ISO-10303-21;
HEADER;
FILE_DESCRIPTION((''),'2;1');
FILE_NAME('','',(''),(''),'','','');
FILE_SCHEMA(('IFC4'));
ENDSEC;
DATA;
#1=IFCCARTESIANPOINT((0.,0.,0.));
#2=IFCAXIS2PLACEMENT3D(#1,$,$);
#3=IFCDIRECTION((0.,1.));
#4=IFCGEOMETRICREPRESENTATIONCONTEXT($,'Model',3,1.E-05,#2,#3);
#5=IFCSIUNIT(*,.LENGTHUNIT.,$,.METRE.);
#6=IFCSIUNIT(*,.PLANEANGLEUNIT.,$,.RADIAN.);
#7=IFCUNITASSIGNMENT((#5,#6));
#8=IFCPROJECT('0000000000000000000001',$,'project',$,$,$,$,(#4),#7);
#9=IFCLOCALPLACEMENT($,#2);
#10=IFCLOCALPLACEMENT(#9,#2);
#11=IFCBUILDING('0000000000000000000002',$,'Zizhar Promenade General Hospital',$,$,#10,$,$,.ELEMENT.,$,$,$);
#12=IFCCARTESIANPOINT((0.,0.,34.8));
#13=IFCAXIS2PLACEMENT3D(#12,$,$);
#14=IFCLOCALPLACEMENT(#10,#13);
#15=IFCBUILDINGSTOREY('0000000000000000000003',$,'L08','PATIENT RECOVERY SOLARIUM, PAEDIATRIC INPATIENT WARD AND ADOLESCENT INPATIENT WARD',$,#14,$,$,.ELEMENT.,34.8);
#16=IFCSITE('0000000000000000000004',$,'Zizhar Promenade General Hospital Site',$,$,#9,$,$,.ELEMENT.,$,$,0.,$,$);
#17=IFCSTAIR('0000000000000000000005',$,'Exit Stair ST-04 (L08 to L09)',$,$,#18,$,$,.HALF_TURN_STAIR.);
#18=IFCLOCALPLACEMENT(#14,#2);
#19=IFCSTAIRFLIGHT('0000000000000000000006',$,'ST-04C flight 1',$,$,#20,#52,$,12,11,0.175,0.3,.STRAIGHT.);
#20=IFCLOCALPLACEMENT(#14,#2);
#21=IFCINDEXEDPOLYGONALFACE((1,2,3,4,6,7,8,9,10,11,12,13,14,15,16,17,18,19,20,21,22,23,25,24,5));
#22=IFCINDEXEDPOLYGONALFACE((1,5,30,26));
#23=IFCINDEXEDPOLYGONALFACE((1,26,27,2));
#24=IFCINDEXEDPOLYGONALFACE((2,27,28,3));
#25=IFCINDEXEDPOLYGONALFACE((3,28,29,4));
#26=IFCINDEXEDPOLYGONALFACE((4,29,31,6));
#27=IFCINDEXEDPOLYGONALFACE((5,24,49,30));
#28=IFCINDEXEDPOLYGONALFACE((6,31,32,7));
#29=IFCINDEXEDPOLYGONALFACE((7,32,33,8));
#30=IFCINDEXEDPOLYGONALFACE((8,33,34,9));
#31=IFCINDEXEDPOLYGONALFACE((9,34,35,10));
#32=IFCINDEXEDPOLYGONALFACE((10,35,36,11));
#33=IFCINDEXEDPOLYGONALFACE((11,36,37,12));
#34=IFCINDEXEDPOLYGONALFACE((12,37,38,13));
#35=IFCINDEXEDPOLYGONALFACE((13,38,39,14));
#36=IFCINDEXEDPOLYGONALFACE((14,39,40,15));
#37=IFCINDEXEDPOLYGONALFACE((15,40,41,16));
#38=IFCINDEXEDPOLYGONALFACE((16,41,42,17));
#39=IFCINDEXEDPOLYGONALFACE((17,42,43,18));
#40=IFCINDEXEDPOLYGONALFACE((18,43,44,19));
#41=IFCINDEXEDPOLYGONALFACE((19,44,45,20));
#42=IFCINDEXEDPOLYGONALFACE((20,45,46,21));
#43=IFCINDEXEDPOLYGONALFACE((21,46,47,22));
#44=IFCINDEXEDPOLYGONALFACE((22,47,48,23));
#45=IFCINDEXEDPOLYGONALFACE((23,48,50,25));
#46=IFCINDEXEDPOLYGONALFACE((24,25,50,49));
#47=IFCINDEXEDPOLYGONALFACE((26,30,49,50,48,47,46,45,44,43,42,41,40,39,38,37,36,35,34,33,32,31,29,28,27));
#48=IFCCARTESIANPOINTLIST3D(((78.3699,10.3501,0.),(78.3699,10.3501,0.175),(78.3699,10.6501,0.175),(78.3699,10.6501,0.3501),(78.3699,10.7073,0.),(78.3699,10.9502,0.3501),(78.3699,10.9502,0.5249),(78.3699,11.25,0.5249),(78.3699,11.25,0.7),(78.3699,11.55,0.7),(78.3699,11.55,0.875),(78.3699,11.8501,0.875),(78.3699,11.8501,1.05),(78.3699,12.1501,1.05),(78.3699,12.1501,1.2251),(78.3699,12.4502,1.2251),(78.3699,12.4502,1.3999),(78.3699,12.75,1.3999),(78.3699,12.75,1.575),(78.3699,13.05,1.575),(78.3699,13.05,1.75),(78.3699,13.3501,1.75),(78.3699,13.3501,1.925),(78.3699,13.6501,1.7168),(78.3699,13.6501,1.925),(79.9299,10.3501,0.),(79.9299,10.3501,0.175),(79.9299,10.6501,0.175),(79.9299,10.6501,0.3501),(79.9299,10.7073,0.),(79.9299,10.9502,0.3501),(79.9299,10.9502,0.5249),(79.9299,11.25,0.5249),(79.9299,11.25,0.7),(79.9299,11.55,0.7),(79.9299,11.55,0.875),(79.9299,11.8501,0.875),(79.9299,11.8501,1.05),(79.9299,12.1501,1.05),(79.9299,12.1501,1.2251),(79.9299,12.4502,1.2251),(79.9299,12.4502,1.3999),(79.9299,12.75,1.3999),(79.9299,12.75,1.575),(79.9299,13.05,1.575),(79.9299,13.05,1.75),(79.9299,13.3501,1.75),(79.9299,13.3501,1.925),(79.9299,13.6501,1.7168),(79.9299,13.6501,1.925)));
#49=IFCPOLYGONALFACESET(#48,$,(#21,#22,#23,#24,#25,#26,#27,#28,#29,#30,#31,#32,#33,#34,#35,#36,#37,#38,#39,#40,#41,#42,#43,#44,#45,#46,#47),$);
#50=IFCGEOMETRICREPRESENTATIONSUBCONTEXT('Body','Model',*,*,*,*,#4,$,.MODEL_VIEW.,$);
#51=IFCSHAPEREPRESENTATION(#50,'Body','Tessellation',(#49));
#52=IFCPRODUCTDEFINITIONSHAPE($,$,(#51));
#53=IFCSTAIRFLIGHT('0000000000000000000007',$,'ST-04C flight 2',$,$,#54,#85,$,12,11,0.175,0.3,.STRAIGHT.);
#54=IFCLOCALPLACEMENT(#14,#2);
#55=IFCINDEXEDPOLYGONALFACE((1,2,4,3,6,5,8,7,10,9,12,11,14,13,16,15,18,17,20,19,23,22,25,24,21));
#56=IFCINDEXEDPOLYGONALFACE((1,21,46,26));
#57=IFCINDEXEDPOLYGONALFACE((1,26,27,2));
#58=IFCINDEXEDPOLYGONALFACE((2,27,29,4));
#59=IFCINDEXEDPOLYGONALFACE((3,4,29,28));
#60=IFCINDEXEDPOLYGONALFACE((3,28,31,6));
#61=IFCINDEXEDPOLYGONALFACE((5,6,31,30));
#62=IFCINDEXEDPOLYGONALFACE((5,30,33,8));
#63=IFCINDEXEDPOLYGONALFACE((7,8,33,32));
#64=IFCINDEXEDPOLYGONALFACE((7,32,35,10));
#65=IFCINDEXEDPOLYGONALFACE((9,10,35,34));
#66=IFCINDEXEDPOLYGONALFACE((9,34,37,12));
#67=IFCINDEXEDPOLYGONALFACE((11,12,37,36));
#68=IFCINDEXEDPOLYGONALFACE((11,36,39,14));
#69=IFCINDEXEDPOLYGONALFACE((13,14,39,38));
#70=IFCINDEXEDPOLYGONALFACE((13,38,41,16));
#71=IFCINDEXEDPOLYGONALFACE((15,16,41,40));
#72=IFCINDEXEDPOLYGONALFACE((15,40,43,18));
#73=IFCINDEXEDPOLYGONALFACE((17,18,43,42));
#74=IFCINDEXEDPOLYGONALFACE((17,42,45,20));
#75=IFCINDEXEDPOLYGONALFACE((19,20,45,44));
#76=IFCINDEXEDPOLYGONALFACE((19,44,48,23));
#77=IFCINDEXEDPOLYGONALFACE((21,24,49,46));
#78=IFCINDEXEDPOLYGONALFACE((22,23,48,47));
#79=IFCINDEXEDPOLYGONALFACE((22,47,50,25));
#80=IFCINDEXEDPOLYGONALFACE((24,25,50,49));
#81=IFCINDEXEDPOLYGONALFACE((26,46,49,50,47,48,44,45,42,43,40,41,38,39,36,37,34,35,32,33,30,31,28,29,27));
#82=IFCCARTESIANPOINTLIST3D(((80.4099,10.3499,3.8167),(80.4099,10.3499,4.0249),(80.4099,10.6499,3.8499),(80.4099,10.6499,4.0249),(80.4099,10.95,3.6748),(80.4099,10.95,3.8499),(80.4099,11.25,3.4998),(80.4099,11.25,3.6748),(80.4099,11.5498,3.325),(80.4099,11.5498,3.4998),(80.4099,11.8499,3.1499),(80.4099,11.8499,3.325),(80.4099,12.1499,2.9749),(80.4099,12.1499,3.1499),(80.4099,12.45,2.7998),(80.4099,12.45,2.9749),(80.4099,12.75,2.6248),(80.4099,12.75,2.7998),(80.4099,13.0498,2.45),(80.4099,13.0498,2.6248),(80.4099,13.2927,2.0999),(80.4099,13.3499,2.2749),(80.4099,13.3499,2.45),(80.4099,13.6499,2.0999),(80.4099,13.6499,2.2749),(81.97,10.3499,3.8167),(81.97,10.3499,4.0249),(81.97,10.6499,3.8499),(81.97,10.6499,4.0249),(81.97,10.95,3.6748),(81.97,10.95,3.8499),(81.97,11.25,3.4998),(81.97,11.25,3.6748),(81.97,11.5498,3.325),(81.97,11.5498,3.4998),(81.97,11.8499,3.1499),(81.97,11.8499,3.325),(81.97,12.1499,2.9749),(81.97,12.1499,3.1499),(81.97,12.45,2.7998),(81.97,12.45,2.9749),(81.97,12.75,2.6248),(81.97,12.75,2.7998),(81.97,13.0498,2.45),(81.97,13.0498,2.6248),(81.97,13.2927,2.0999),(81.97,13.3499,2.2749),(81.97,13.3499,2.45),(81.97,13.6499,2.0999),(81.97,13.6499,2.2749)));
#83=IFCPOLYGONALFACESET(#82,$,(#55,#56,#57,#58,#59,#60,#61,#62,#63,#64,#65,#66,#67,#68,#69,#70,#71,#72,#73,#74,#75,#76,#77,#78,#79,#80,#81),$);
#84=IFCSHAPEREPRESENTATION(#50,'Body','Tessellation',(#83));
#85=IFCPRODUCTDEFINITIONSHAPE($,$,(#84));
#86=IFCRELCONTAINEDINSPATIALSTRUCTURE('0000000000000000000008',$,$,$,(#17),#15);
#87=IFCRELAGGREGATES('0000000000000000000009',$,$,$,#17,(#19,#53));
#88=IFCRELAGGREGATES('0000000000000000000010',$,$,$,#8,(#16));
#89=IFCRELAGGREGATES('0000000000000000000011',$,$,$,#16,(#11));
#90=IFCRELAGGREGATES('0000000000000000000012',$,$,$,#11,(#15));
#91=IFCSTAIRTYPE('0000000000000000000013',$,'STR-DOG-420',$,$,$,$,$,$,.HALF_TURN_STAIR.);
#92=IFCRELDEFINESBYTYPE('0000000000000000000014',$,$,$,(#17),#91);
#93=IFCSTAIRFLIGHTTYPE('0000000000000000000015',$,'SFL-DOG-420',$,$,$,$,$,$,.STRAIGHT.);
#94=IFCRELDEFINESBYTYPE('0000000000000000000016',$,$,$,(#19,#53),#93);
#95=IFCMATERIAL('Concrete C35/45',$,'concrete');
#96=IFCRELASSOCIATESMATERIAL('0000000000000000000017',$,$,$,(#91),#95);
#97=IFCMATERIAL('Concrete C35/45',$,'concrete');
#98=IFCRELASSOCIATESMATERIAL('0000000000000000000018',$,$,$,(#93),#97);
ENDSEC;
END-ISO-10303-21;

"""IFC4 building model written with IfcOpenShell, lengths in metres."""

from ifc_helpers import new_model, si_unit, direction, frame, origin, place, context, subcontext, project, spatial, polyline, outline, extrude, material, type_object, element, aggregate, save


model = new_model("IFC4")

# Units and contexts
model_context = context("Model", 3, precision=1e-05, world=origin(), true_north=direction((0.0, 1.0)))
body_context = subcontext(model_context, "Body", "Model", "MODEL_VIEW")
ifc_project = project(units=[si_unit("LENGTHUNIT", "METRE"), si_unit("PLANEANGLEUNIT", "RADIAN")], contexts=[model_context])

# Site, building, storey
site_placement = place(None, origin())
site = spatial("IfcSite", under=ifc_project, at=site_placement, Name="Zizhar Promenade General Hospital Site", CompositionType="ELEMENT", RefElevation=0.0)
building_placement = place(site_placement, origin())
building = spatial("IfcBuilding", under=site, at=building_placement, Name="Zizhar Promenade General Hospital", CompositionType="ELEMENT")
storey_placement = place(building_placement, frame((0.0, 0.0, 34.8)))
storey = spatial("IfcBuildingStorey", under=building, at=storey_placement, Name="L08", Description="PATIENT RECOVERY SOLARIUM, PAEDIATRIC INPATIENT WARD AND ADOLESCENT INPATIENT WARD", CompositionType="ELEMENT", Elevation=34.8)

# Stair, stair flights
ifc_material_1 = material(Name="Concrete C35/45", Category="concrete")
stair_type = type_object("IfcStairType", Name="STR-DOG-420", PredefinedType="HALF_TURN_STAIR", material=ifc_material_1)
stair_placement = place(storey_placement, origin())
stair = element("IfcStair", 1, at=stair_placement, inside=storey, type_object=stair_type, Name="Exit Stair ST-04 (L08 to L09)", PredefinedType="HALF_TURN_STAIR")
ifc_material_2 = material(Name="Concrete C35/45", Category="concrete")
stair_flight_type = type_object("IfcStairFlightType", Name="SFL-DOG-420", PredefinedType="STRAIGHT", material=ifc_material_2)
stair_flight_1_placement = place(storey_placement, frame((79.1499, 10.3501, 0.0), z_axis=(0.0, 0.0, 1.0), x_axis=(0.0, 1.0, 0.0)))
stair_flight_1 = element("IfcStairFlight", 2, at=stair_flight_1_placement, type_object=stair_flight_type, Name="ST-04C flight 1", NumberOfRisers=12, NumberOfTreads=11, PredefinedType="STRAIGHT", RiserHeight=0.175, TreadLength=0.3, context=body_context, shape_type="SweptSolid", body=[
    extrude(outline(polyline([(0.0, 0.0), (0.0, 0.175), (0.3, 0.175), (0.3, 0.3501), (0.6001, 0.3501), (0.6001, 0.5249), (0.8999, 0.5249), (0.8999, 0.7), (1.2, 0.7), (1.2, 0.875), (1.5, 0.875), (1.5, 1.05), (1.8, 1.05), (1.8, 1.2251), (2.1001, 1.2251), (2.1001, 1.3999), (2.3999, 1.3999), (2.3999, 1.575), (2.7, 1.575), (2.7, 1.75), (3.0, 1.75), (3.0, 1.925), (3.3, 1.925), (3.3, 2.1001), (3.3, 1.7168), (0.3572, 0.0), (0.0, 0.0)])), frame((0.0, 0.78, 0.0), z_axis=(0.0, -1.0, 0.0), x_axis=(1.0, 0.0, 0.0)), (0.0, 0.0, 1.0), 1.5601),
])
stair_flight_2_placement = place(storey_placement, frame((81.1899, 13.6499, 2.0999), z_axis=(0.0, 0.0, 1.0), x_axis=(0.0, -1.0, 0.0)))
stair_flight_2 = element("IfcStairFlight", 3, at=stair_flight_2_placement, type_object=stair_flight_type, Name="ST-04C flight 2", NumberOfRisers=12, NumberOfTreads=11, PredefinedType="STRAIGHT", RiserHeight=0.175, TreadLength=0.3, context=body_context, shape_type="SweptSolid", body=[
    extrude(outline(polyline([(0.0, 0.0), (0.0, 0.175), (0.3, 0.175), (0.3, 0.3501), (0.6001, 0.3501), (0.6001, 0.5249), (0.8999, 0.5249), (0.8999, 0.7), (1.2, 0.7), (1.2, 0.875), (1.5, 0.875), (1.5, 1.05), (1.8, 1.05), (1.8, 1.2251), (2.1001, 1.2251), (2.1001, 1.3999), (2.3999, 1.3999), (2.3999, 1.575), (2.7, 1.575), (2.7, 1.75), (3.0, 1.75), (3.0, 1.925), (3.3, 1.925), (3.3, 2.1001), (3.3, 1.7168), (0.3572, 0.0), (0.0, 0.0)])), frame((0.0, 0.78, 0.0), z_axis=(0.0, -1.0, 0.0), x_axis=(1.0, 0.0, 0.0)), (0.0, 0.0, 1.0), 1.5601),
])
aggregate(stair, [stair_flight_1, stair_flight_2])

save(model, "model.ifc")
